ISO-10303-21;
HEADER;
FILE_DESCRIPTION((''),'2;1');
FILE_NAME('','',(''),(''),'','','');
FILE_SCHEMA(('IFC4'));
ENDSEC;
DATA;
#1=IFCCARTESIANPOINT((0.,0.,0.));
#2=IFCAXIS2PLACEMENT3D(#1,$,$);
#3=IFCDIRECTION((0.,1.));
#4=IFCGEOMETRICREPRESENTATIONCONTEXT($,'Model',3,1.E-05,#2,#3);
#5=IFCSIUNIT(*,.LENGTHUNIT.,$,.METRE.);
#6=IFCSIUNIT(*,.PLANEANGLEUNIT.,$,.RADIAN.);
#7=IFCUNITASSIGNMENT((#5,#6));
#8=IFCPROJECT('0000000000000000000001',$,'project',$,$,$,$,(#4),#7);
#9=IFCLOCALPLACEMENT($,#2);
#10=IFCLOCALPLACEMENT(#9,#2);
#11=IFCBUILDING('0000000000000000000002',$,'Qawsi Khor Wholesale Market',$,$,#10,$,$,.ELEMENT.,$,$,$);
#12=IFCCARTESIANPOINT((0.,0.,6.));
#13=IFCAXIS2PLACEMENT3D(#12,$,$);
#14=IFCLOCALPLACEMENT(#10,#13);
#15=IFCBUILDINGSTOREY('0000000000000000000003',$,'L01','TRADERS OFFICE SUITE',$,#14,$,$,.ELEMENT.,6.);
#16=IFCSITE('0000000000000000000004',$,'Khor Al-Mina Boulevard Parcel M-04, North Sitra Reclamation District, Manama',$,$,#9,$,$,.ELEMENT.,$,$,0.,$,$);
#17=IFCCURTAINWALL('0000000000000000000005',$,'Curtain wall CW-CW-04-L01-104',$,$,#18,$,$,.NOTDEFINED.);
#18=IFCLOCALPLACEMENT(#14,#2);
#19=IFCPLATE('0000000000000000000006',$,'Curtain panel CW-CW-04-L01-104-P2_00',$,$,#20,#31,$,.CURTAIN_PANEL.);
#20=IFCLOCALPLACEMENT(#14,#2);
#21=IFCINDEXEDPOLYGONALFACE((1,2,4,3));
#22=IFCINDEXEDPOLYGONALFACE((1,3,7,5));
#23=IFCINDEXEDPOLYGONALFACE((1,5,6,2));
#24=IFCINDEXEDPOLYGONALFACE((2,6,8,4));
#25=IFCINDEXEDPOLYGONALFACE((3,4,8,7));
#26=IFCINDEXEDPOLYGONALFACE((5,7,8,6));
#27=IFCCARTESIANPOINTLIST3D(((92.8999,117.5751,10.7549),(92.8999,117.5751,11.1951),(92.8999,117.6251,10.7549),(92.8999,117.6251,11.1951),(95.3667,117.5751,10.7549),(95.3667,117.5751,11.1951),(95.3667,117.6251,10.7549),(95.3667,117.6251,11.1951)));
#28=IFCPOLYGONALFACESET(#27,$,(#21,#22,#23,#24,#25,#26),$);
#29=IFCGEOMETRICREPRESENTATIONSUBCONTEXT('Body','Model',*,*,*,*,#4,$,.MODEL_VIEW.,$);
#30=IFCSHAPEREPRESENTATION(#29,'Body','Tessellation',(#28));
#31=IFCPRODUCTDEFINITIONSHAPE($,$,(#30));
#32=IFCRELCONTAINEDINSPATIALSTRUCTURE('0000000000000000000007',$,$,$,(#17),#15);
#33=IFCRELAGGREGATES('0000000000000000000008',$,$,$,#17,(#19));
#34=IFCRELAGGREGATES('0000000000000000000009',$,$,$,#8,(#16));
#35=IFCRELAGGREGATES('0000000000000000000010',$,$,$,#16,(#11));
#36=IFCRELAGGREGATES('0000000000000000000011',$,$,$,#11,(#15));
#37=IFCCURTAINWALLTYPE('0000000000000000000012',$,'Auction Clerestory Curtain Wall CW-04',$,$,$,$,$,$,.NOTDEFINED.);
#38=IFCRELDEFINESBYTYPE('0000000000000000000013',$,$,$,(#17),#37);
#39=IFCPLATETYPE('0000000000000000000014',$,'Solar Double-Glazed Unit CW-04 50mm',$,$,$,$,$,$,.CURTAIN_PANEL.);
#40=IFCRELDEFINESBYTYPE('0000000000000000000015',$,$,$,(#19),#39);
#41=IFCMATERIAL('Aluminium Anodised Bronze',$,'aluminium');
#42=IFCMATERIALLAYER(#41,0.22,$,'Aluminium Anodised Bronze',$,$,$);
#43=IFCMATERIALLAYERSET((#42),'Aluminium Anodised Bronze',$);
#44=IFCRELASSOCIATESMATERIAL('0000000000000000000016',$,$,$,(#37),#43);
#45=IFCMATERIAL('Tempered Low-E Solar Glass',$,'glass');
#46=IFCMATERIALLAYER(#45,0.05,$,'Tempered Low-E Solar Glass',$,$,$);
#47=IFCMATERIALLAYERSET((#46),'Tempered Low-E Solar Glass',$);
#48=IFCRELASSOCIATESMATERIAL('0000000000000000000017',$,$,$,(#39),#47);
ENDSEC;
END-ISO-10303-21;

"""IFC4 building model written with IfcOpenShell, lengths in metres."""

from ifc_helpers import new_model, si_unit, direction, frame, frame_2d, origin, place, context, subcontext, project, spatial, rectangle, extrude, material, layer, layer_set, type_object, element, aggregate, save


model = new_model("IFC4")

# Units and contexts
model_context = context("Model", 3, precision=1e-05, world=origin(), true_north=direction((0.0, 1.0)))
body_context = subcontext(model_context, "Body", "Model", "MODEL_VIEW")
ifc_project = project(units=[si_unit("LENGTHUNIT", "METRE"), si_unit("PLANEANGLEUNIT", "RADIAN")], contexts=[model_context])

# Site, building, storey
site_placement = place(None, origin())
site = spatial("IfcSite", under=ifc_project, at=site_placement, Name="Khor Al-Mina Boulevard Parcel M-04, North Sitra Reclamation District, Manama", CompositionType="ELEMENT", RefElevation=0.0)
building_placement = place(site_placement, origin())
building = spatial("IfcBuilding", under=site, at=building_placement, Name="Qawsi Khor Wholesale Market", CompositionType="ELEMENT")
storey_placement = place(building_placement, frame((0.0, 0.0, 6.0)))
storey = spatial("IfcBuildingStorey", under=building, at=storey_placement, Name="L01", Description="TRADERS OFFICE SUITE", CompositionType="ELEMENT", Elevation=6.0)

# Curtain wall
ifc_material_1 = material(Name="Aluminium Anodised Bronze", Category="aluminium")
ifc_layer_1 = layer(ifc_material_1, 0.22, Name="Aluminium Anodised Bronze")
ifc_layer_set_1 = layer_set([ifc_layer_1], Name="Aluminium Anodised Bronze")
curtain_wall_type = type_object("IfcCurtainWallType", Name="Auction Clerestory Curtain Wall CW-04", PredefinedType="NOTDEFINED", material=ifc_layer_set_1)
curtain_wall_1_placement = place(storey_placement, origin())
curtain_wall_1 = element("IfcCurtainWall", 1, at=curtain_wall_1_placement, inside=storey, type_object=curtain_wall_type, Name="Curtain wall CW-CW-04-L01-104", PredefinedType="NOTDEFINED")

# Plate
ifc_material_2 = material(Name="Tempered Low-E Solar Glass", Category="glass")
ifc_layer_2 = layer(ifc_material_2, 0.05, Name="Tempered Low-E Solar Glass")
ifc_layer_set_2 = layer_set([ifc_layer_2], Name="Tempered Low-E Solar Glass")
plate_type_1 = type_object("IfcPlateType", Name="Solar Double-Glazed Unit CW-04 50mm", PredefinedType="CURTAIN_PANEL", material=ifc_layer_set_2)
plate_1_placement = place(storey_placement, frame((92.8999, 117.6001, 10.7549), z_axis=(0.0, 0.0, 1.0), x_axis=(1.0, 0.0, 0.0)))
plate_1 = element("IfcPlate", 2, at=plate_1_placement, type_object=plate_type_1, Name="Curtain panel CW-CW-04-L01-104-P2_00", PredefinedType="CURTAIN_PANEL", context=body_context, shape_type="SweptSolid", body=[
    extrude(rectangle(XDim=2.4668, YDim=0.05, at=frame_2d((1.2334, 0.0))), origin(), (0.0, 0.0, 1.0), 0.4402),
])
aggregate(curtain_wall_1, [plate_1])

save(model, "model.ifc")
